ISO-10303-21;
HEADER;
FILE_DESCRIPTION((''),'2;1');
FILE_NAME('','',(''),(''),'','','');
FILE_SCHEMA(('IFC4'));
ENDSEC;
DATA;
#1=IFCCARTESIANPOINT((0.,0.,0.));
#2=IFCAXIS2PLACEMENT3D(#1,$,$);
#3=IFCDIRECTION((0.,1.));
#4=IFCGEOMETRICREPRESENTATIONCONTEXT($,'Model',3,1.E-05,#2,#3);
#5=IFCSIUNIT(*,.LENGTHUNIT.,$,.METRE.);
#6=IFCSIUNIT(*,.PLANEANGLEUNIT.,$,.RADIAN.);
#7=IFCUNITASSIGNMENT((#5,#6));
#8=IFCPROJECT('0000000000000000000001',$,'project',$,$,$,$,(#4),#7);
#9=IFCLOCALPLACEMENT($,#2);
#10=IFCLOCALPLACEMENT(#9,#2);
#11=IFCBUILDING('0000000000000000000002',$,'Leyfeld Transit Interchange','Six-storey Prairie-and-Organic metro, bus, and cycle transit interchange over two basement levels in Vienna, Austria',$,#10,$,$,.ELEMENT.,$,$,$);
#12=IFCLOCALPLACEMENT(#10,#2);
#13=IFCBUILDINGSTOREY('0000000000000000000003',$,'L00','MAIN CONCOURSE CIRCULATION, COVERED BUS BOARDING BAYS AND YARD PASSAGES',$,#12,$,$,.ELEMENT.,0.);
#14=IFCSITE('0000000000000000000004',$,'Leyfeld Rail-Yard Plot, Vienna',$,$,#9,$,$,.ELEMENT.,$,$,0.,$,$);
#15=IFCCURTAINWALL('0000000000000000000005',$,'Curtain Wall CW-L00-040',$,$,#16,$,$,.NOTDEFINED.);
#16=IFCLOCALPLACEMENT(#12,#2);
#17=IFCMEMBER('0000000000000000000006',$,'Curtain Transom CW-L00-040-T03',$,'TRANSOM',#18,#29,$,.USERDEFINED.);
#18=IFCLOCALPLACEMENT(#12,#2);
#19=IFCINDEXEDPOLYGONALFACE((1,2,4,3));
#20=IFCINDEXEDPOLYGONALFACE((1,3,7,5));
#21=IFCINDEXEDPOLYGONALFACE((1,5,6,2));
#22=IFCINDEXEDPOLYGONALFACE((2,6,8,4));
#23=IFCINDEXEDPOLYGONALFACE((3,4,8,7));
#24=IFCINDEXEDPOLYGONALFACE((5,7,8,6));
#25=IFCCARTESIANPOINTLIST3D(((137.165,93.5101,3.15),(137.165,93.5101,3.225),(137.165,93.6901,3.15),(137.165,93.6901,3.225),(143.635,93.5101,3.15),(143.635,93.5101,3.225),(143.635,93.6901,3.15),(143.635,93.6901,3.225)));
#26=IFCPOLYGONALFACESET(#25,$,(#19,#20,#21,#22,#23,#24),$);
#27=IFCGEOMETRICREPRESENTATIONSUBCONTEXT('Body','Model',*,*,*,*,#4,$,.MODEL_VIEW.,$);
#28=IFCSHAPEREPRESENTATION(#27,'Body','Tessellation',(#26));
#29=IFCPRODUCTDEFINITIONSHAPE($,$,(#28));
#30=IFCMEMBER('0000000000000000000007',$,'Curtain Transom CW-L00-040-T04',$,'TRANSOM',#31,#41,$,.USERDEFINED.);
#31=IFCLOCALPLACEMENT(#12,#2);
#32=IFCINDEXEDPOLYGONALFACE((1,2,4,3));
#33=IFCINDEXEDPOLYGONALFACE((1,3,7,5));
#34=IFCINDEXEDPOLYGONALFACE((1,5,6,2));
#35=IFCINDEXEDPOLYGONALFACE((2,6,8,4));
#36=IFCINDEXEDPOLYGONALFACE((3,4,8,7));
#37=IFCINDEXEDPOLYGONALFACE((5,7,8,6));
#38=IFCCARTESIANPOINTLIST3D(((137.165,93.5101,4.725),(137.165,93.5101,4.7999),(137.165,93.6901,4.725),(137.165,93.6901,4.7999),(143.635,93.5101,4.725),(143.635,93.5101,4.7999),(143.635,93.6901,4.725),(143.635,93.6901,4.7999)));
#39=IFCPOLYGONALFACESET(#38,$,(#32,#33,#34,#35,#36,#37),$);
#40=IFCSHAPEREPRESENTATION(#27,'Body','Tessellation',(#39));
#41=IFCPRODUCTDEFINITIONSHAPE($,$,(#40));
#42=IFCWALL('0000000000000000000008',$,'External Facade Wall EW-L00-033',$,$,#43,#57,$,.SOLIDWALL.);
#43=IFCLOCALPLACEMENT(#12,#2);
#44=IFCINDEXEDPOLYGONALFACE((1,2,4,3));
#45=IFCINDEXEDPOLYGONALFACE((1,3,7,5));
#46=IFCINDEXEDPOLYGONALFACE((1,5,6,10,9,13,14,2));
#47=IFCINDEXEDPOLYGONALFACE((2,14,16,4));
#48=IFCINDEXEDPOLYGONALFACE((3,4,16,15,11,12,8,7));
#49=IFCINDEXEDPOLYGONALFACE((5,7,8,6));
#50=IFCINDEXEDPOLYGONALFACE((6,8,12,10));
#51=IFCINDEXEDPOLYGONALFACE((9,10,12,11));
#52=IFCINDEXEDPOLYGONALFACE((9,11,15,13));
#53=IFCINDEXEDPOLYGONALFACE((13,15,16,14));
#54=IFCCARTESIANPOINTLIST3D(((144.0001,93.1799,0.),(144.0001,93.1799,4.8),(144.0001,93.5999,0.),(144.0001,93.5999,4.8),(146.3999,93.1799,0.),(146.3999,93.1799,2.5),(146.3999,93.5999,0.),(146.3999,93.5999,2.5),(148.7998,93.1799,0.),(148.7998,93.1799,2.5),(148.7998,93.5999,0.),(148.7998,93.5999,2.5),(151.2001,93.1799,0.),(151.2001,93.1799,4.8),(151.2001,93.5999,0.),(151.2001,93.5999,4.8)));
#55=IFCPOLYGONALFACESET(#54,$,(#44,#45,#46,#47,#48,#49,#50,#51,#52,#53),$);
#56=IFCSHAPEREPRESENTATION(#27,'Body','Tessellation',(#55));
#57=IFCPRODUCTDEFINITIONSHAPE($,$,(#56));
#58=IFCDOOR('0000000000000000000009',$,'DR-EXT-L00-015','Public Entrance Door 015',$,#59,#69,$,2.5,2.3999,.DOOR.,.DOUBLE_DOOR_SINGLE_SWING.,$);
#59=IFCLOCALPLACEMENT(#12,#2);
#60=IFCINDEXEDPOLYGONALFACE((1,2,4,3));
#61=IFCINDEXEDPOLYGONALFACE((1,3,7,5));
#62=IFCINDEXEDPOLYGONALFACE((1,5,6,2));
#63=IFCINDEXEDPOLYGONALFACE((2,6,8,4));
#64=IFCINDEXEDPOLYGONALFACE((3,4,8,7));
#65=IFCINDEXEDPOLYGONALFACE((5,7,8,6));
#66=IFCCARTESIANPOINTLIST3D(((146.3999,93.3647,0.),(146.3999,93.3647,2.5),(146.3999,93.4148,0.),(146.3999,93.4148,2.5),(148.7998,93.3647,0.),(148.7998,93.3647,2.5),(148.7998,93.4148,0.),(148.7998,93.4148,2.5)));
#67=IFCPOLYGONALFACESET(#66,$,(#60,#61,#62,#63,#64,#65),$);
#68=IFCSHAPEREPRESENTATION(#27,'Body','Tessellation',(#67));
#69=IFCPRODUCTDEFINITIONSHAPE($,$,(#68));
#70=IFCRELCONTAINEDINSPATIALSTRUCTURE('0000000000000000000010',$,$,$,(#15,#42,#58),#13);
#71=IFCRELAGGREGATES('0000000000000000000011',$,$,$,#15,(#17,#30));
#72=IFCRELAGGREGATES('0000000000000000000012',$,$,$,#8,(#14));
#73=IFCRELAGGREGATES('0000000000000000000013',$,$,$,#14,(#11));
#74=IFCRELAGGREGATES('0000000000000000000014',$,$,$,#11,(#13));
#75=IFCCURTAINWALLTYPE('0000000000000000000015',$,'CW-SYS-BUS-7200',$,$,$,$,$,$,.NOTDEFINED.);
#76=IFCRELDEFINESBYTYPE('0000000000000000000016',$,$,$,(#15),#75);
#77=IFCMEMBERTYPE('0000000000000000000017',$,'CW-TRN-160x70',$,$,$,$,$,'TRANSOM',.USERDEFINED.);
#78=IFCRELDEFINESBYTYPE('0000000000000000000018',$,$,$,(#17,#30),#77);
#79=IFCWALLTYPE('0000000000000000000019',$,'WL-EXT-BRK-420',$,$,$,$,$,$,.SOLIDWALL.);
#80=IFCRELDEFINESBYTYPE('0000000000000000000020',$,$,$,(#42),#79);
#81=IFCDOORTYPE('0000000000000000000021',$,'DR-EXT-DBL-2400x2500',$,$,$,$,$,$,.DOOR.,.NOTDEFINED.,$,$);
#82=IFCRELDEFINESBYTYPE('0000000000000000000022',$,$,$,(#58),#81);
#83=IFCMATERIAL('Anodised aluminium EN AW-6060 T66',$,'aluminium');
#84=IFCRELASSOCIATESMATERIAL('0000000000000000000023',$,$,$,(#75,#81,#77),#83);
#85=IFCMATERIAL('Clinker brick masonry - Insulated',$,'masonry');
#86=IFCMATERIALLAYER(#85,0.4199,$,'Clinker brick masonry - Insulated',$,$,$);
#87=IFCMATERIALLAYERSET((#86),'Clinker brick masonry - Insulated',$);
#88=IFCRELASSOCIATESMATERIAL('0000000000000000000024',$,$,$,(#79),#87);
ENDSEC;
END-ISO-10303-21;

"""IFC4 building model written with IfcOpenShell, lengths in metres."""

from ifc_helpers import new_model, si_unit, direction, frame, frame_2d, origin, origin_2d, place, context, subcontext, project, spatial, rectangle, extrude, material, layer, layer_set, material_profile, profile_set, type_object, element, fill, aggregate, save


model = new_model("IFC4")

# Units and contexts
model_context = context("Model", 3, precision=1e-05, world=origin(), true_north=direction((0.0, 1.0)))
body_context = subcontext(model_context, "Body", "Model", "MODEL_VIEW")
ifc_project = project(units=[si_unit("LENGTHUNIT", "METRE"), si_unit("PLANEANGLEUNIT", "RADIAN")], contexts=[model_context])

# Site, building, storey
site_placement = place(None, origin())
site = spatial("IfcSite", under=ifc_project, at=site_placement, Name="Leyfeld Rail-Yard Plot, Vienna", CompositionType="ELEMENT", RefElevation=0.0)
building_placement = place(site_placement, origin())
building = spatial("IfcBuilding", under=site, at=building_placement, Name="Leyfeld Transit Interchange", Description="Six-storey Prairie-and-Organic metro, bus, and cycle transit interchange over two basement levels in Vienna, Austria", CompositionType="ELEMENT")
storey_placement = place(building_placement, origin())
storey = spatial("IfcBuildingStorey", under=building, at=storey_placement, Name="L00", Description="MAIN CONCOURSE CIRCULATION, COVERED BUS BOARDING BAYS AND YARD PASSAGES", CompositionType="ELEMENT", Elevation=0.0)

# Curtain wall, members
ifc_material_1 = material(Name="Anodised aluminium EN AW-6060 T66", Category="aluminium")
curtain_wall_type = type_object("IfcCurtainWallType", Name="CW-SYS-BUS-7200", PredefinedType="NOTDEFINED", material=ifc_material_1)
curtain_wall_placement = place(storey_placement, origin())
curtain_wall = element("IfcCurtainWall", 1, at=curtain_wall_placement, inside=storey, type_object=curtain_wall_type, Name="Curtain Wall CW-L00-040", PredefinedType="NOTDEFINED")
ifc_material_profile_1 = material_profile(ifc_material_1, rectangle(XDim=0.1799, YDim=0.075, at=origin_2d()), Name="CW-TRN-160x70")
ifc_profile_set_1 = profile_set([ifc_material_profile_1], Name="Anodised aluminium EN AW-6060 T66")
member_type_1 = type_object("IfcMemberType", Name="CW-TRN-160x70", ElementType="TRANSOM", PredefinedType="USERDEFINED", material=ifc_profile_set_1)
member_1_placement = place(storey_placement, frame((137.165, 93.6001, 3.1875), z_axis=(1.0, 0.0, 0.0), x_axis=(0.0, 1.0, 0.0)))
member_1 = element("IfcMember", 2, at=member_1_placement, type_object=member_type_1, Name="Curtain Transom CW-L00-040-T03", ObjectType="TRANSOM", PredefinedType="USERDEFINED", context=body_context, shape_type="SweptSolid", body=[
    extrude(rectangle(XDim=0.1799, YDim=0.075, at=origin_2d()), origin(), (0.0, 0.0, 1.0), 6.47),
])
member_2_placement = place(storey_placement, frame((137.165, 93.6001, 4.7625), z_axis=(1.0, 0.0, 0.0), x_axis=(0.0, 1.0, 0.0)))
member_2 = element("IfcMember", 3, at=member_2_placement, type_object=member_type_1, Name="Curtain Transom CW-L00-040-T04", ObjectType="TRANSOM", PredefinedType="USERDEFINED", context=body_context, shape_type="SweptSolid", body=[
    extrude(rectangle(XDim=0.1799, YDim=0.075, at=origin_2d()), origin(), (0.0, 0.0, 1.0), 6.47),
])
aggregate(curtain_wall, [member_1, member_2])

# Wall, opening, door
ifc_material_2 = material(Name="Clinker brick masonry - Insulated", Category="masonry")
ifc_layer = layer(ifc_material_2, 0.4199, Name="Clinker brick masonry - Insulated")
ifc_layer_set = layer_set([ifc_layer], Name="Clinker brick masonry - Insulated")
wall_type = type_object("IfcWallType", Name="WL-EXT-BRK-420", PredefinedType="SOLIDWALL", material=ifc_layer_set)
wall_placement = place(storey_placement, frame((144.0, 93.3899, 0.0), z_axis=(0.0, 0.0, 1.0), x_axis=(1.0, 0.0, 0.0)))
wall = element("IfcWall", 4, at=wall_placement, inside=storey, type_object=wall_type, Name="External Facade Wall EW-L00-033", PredefinedType="SOLIDWALL", context=body_context, shape_type="SweptSolid", body=[
    extrude(rectangle(XDim=7.2, YDim=0.4199, at=frame_2d((3.6001, 0.0))), origin(), (0.0, 0.0, 1.0), 4.8),
])
opening_placement = place(wall_placement, frame((2.3999, 0.0, 0.0)))
opening = element("IfcOpeningElement", 5, at=opening_placement, cuts=wall, PredefinedType="OPENING", context=body_context, shape_type="SweptSolid", body=[
    extrude(rectangle(XDim=2.3999, YDim=2.5, at=frame_2d((1.2, 1.25))), frame((0.0, 0.22, 0.0), z_axis=(0.0, -1.0, 0.0), x_axis=(1.0, 0.0, 0.0)), (0.0, 0.0, 1.0), 0.4399),
])
door_type = type_object("IfcDoorType", Name="DR-EXT-DBL-2400x2500", OperationType="NOTDEFINED", PredefinedType="DOOR", material=ifc_material_1)
door_placement = place(opening_placement, origin())
door = element("IfcDoor", 6, at=door_placement, inside=storey, type_object=door_type, Name="DR-EXT-L00-015", Description="Public Entrance Door 015", OperationType="DOUBLE_DOOR_SINGLE_SWING", OverallHeight=2.5, OverallWidth=2.3999, PredefinedType="DOOR", context=body_context, shape_type="SweptSolid", body=[
    extrude(rectangle(XDim=2.3999, YDim=2.5, at=frame_2d((1.2, 1.25))), frame((0.0, 0.0249, 0.0), z_axis=(0.0, -1.0, 0.0), x_axis=(1.0, 0.0, 0.0)), (0.0, 0.0, 1.0), 0.05),
])
fill(opening, door)

save(model, "model.ifc")
